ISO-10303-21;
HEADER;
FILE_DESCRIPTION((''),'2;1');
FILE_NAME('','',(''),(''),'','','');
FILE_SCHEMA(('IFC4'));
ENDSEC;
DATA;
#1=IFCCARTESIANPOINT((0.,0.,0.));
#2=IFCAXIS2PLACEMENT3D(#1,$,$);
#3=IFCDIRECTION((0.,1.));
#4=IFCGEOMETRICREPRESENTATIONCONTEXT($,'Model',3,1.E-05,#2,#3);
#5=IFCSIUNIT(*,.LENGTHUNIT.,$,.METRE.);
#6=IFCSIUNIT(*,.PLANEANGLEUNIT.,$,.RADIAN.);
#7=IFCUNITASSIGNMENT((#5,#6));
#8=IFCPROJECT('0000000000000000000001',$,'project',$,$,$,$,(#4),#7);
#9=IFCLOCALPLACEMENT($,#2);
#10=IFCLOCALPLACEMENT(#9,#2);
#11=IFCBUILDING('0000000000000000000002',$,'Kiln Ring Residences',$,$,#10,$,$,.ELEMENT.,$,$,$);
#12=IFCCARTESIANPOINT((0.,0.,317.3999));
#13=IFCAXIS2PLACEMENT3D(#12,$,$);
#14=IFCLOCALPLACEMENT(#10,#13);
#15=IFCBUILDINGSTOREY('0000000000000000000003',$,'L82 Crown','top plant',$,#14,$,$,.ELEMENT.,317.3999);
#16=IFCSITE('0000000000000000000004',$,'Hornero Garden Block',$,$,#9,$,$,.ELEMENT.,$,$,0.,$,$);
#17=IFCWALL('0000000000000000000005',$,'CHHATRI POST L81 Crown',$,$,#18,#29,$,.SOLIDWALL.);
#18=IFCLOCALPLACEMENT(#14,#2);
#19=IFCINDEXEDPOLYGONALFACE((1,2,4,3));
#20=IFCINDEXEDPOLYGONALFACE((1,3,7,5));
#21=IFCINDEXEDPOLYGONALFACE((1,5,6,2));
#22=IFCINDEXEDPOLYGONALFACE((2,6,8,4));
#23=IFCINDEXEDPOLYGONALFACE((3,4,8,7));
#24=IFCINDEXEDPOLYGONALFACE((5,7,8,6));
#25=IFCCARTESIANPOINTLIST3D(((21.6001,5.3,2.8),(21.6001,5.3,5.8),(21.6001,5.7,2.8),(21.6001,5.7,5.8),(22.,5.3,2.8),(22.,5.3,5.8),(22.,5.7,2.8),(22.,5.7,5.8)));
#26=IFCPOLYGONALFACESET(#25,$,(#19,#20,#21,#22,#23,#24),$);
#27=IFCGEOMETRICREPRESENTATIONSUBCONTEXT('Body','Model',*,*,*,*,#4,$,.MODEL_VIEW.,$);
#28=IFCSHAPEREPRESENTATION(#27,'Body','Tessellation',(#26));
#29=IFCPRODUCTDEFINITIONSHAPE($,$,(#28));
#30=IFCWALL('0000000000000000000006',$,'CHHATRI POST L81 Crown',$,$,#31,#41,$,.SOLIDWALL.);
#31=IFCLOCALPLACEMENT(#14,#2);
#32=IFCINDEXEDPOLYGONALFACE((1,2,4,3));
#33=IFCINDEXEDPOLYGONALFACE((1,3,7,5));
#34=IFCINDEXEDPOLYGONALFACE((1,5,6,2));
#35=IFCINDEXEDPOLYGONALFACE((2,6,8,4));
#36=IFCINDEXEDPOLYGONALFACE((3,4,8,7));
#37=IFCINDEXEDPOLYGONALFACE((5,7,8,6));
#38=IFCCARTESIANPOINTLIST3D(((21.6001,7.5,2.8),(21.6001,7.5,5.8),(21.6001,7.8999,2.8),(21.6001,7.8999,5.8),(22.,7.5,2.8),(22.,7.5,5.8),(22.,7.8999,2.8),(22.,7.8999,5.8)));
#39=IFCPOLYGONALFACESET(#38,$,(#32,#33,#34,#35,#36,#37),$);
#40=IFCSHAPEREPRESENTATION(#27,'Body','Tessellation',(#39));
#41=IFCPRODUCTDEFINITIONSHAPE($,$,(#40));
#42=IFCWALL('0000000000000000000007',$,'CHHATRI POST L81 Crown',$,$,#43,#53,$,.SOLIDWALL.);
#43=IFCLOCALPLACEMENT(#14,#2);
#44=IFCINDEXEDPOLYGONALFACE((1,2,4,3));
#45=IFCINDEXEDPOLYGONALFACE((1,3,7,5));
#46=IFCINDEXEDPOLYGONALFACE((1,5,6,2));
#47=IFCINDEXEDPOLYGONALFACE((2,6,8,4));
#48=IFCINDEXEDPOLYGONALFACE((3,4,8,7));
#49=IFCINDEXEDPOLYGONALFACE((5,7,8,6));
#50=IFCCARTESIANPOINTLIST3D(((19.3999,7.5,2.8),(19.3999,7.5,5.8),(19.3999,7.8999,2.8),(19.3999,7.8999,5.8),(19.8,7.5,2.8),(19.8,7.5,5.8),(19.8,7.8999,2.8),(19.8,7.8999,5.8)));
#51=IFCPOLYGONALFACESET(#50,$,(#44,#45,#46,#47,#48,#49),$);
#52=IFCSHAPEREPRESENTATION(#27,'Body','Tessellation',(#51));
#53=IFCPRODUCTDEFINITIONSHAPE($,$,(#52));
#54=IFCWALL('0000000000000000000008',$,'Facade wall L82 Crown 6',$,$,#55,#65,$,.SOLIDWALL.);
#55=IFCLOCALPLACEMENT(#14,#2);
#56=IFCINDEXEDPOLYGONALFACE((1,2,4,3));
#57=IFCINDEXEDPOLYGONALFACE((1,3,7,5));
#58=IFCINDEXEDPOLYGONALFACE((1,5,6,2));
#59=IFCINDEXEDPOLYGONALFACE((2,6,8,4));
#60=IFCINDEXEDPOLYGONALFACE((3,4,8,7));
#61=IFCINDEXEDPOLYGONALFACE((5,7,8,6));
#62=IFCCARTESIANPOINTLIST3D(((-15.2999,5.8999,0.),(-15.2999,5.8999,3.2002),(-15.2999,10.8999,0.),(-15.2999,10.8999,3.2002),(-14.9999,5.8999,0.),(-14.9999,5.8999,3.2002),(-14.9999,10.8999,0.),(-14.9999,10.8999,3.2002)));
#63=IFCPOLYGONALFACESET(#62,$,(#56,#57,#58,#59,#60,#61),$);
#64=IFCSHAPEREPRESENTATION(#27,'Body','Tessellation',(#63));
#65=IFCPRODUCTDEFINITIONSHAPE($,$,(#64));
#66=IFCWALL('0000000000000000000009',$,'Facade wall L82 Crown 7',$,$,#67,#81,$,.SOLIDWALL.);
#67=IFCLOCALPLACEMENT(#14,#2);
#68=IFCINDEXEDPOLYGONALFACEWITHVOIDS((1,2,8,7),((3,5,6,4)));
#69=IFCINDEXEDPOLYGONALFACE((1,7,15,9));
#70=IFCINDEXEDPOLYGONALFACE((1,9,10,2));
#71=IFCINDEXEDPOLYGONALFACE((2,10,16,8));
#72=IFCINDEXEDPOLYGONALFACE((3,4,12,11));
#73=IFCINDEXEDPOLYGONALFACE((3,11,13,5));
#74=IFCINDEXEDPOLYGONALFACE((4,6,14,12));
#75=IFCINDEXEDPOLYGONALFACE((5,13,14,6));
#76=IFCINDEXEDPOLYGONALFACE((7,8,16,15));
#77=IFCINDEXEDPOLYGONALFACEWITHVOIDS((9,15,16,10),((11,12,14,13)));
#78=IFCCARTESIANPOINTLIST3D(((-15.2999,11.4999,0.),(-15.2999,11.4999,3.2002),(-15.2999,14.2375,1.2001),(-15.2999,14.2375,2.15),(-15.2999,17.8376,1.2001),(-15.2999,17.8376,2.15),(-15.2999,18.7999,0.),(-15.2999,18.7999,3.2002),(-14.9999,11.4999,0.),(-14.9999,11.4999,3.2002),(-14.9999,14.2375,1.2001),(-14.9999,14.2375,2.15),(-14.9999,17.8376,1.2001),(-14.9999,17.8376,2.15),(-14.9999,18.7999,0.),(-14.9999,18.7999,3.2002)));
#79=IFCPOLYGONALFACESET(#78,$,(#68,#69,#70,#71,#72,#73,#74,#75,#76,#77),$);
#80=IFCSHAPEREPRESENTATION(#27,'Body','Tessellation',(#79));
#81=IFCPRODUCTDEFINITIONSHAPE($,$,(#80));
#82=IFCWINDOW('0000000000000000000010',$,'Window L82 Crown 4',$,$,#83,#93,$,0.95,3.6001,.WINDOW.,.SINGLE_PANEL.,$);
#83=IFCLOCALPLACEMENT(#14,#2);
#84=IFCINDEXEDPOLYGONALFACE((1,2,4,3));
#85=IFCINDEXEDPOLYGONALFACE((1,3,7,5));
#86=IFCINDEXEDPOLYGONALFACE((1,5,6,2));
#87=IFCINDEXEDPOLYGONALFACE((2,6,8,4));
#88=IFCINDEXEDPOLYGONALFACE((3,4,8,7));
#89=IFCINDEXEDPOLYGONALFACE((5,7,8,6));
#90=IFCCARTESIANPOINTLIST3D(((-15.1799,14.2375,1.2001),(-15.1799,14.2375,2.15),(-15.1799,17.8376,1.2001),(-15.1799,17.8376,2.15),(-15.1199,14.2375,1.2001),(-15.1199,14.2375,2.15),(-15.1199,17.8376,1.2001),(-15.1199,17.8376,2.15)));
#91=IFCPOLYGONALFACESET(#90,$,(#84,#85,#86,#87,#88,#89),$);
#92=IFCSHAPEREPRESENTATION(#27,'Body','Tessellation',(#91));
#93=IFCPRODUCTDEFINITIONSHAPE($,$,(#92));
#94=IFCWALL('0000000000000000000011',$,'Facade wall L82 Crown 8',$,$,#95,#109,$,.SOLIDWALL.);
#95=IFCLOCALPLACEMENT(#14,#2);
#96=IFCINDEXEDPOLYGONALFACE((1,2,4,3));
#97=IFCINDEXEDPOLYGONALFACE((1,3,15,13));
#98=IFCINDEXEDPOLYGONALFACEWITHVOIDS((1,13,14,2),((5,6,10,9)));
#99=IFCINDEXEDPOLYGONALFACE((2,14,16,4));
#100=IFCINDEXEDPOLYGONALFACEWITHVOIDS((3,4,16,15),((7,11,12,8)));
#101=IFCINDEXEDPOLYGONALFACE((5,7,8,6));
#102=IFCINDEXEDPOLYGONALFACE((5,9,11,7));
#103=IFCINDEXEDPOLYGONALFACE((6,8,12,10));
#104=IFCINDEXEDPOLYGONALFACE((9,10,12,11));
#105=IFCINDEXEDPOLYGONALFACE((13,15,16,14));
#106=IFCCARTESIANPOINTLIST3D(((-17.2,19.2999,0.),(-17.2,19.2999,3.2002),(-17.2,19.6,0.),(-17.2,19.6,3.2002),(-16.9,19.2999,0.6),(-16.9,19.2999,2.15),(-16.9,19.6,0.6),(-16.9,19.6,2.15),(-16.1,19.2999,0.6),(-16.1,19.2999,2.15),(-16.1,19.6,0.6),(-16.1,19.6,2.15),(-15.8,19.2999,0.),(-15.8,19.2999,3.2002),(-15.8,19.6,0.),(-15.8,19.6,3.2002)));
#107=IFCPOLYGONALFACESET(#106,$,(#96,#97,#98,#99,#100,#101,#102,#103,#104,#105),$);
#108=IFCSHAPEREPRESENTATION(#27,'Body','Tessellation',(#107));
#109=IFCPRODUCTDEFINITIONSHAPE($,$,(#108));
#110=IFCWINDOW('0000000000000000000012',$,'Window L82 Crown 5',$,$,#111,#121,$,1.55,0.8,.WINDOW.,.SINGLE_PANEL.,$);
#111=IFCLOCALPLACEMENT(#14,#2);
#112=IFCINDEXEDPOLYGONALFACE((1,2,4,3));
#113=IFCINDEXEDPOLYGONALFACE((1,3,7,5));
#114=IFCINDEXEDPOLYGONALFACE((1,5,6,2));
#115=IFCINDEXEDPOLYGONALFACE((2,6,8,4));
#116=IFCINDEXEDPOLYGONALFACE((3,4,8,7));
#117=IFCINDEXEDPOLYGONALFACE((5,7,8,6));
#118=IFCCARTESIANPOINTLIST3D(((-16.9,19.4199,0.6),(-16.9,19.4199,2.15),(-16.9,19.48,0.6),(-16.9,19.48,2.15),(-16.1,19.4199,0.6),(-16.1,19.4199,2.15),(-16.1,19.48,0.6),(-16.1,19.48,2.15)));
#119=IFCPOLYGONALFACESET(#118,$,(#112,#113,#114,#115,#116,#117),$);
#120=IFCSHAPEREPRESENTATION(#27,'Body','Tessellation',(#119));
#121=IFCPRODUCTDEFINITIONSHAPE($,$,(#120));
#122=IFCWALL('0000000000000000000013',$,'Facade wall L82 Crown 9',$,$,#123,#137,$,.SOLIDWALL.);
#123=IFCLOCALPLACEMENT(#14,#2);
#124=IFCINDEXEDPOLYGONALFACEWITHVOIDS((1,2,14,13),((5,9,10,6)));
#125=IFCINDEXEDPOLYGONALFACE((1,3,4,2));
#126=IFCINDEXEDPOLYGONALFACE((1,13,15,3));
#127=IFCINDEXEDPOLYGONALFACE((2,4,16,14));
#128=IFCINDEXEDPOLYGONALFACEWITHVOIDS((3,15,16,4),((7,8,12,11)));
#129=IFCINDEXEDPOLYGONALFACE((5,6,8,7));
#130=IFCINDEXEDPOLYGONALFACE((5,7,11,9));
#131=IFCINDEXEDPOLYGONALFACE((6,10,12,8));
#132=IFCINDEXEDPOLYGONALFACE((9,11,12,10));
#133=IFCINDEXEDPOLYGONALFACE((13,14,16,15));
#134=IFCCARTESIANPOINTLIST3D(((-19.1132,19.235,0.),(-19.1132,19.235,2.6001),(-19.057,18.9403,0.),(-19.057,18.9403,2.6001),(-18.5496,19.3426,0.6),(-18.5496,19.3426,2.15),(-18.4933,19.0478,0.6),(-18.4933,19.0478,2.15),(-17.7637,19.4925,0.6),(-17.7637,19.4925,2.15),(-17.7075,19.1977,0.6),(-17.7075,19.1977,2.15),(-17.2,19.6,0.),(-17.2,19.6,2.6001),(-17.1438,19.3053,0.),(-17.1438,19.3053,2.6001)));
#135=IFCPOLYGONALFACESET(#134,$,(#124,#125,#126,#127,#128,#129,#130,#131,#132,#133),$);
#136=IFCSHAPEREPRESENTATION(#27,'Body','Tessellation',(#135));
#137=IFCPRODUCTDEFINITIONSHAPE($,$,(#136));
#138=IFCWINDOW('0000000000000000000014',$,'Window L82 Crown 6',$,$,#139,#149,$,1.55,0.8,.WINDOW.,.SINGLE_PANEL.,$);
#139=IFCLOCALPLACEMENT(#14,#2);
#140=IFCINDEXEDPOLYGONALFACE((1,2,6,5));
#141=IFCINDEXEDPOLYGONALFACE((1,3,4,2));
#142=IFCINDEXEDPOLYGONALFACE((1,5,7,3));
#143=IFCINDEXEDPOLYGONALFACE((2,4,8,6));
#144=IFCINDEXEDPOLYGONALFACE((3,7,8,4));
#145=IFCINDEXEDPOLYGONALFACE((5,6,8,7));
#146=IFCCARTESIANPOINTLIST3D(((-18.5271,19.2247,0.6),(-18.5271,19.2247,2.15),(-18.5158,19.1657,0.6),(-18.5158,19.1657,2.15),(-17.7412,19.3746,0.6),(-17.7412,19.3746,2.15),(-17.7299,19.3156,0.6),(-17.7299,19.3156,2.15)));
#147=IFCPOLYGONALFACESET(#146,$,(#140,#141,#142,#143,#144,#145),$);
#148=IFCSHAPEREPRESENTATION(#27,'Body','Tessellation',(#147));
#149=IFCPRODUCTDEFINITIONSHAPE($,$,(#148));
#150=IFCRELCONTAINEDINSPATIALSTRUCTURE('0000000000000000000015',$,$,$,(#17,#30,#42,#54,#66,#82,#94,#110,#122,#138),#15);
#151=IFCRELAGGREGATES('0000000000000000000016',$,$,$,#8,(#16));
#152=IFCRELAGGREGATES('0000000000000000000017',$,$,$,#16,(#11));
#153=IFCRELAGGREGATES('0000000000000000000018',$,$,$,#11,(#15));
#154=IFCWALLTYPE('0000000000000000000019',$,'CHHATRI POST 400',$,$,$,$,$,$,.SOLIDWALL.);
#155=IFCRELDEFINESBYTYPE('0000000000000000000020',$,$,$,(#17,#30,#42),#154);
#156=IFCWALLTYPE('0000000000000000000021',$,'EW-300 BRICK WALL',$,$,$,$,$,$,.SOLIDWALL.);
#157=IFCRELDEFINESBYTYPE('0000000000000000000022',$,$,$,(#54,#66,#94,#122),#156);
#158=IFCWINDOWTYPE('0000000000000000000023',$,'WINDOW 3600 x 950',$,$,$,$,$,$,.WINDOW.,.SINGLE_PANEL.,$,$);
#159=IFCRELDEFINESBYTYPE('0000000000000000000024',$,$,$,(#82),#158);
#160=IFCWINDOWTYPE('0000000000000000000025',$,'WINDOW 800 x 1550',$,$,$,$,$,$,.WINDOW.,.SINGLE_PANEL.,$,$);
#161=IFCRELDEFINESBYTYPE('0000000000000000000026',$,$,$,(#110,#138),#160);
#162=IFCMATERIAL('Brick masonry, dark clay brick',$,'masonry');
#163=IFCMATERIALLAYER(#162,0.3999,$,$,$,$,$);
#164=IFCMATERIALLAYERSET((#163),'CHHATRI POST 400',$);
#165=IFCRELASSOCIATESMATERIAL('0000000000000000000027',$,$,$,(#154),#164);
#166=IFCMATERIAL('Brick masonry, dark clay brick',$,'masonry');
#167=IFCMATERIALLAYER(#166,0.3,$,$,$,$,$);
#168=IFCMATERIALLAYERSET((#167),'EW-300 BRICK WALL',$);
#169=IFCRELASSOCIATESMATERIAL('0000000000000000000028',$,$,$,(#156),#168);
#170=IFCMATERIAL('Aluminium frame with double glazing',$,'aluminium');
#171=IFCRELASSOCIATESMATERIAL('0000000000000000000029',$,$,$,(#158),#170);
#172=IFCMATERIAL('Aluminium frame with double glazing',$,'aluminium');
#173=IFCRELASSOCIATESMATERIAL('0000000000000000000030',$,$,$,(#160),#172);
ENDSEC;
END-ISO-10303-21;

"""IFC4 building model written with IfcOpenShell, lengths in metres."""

from ifc_helpers import new_model, si_unit, direction, frame, frame_2d, origin, place, context, subcontext, project, spatial, polyline, rectangle, outline, extrude, material, layer, layer_set, type_object, element, fill, save


model = new_model("IFC4")

# Units and contexts
model_context = context("Model", 3, precision=1e-05, world=origin(), true_north=direction((0.0, 1.0)))
body_context = subcontext(model_context, "Body", "Model", "MODEL_VIEW")
ifc_project = project(units=[si_unit("LENGTHUNIT", "METRE"), si_unit("PLANEANGLEUNIT", "RADIAN")], contexts=[model_context])

# Site, building, storey
site_placement = place(None, origin())
site = spatial("IfcSite", under=ifc_project, at=site_placement, Name="Hornero Garden Block", CompositionType="ELEMENT", RefElevation=0.0)
building_placement = place(site_placement, origin())
building = spatial("IfcBuilding", under=site, at=building_placement, Name="Kiln Ring Residences", CompositionType="ELEMENT")
storey_placement = place(building_placement, frame((0.0, 0.0, 317.3999)))
storey = spatial("IfcBuildingStorey", under=building, at=storey_placement, Name="L82 Crown", Description="top plant", CompositionType="ELEMENT", Elevation=317.3999)

# Walls
ifc_material_1 = material(Name="Brick masonry, dark clay brick", Category="masonry")
ifc_layer_1 = layer(ifc_material_1, 0.3999)
ifc_layer_set_1 = layer_set([ifc_layer_1], Name="CHHATRI POST 400")
wall_type_1 = type_object("IfcWallType", Name="CHHATRI POST 400", PredefinedType="SOLIDWALL", material=ifc_layer_set_1)
placement_1 = place(storey_placement, frame((0.0, 0.0, 2.8)))
element("IfcWall", 1, at=placement_1, inside=storey, type_object=wall_type_1, Name="CHHATRI POST L81 Crown", PredefinedType="SOLIDWALL", context=body_context, shape_type="SweptSolid", body=[
    extrude(outline(polyline([(22.0, 5.3), (22.0, 5.7), (21.6001, 5.7), (21.6001, 5.3), (22.0, 5.3)])), origin(), (0.0, 0.0, 1.0), 3.0),
])
element("IfcWall", 2, at=placement_1, inside=storey, type_object=wall_type_1, Name="CHHATRI POST L81 Crown", PredefinedType="SOLIDWALL", context=body_context, shape_type="SweptSolid", body=[
    extrude(outline(polyline([(22.0, 7.5), (22.0, 7.8999), (21.6001, 7.8999), (21.6001, 7.5), (22.0, 7.5)])), origin(), (0.0, 0.0, 1.0), 3.0),
])
element("IfcWall", 3, at=placement_1, inside=storey, type_object=wall_type_1, Name="CHHATRI POST L81 Crown", PredefinedType="SOLIDWALL", context=body_context, shape_type="SweptSolid", body=[
    extrude(outline(polyline([(19.8, 7.5), (19.8, 7.8999), (19.3999, 7.8999), (19.3999, 7.5), (19.8, 7.5)])), origin(), (0.0, 0.0, 1.0), 3.0),
])
ifc_material_2 = material(Name="Brick masonry, dark clay brick", Category="masonry")
ifc_layer_2 = layer(ifc_material_2, 0.3)
ifc_layer_set_2 = layer_set([ifc_layer_2], Name="EW-300 BRICK WALL")
wall_type_2 = type_object("IfcWallType", Name="EW-300 BRICK WALL", PredefinedType="SOLIDWALL", material=ifc_layer_set_2)
wall_1_placement = place(storey_placement, frame((-15.1499, 5.8999, 0.0), z_axis=(0.0, 0.0, 1.0), x_axis=(0.0, 1.0, 0.0)))
element("IfcWall", 4, at=wall_1_placement, inside=storey, type_object=wall_type_2, Name="Facade wall L82 Crown 6", PredefinedType="SOLIDWALL", context=body_context, shape_type="SweptSolid", body=[
    extrude(rectangle(XDim=5.0, YDim=0.3, at=frame_2d((2.5, 0.0))), origin(), (0.0, 0.0, 1.0), 3.2002),
])

# Walls, openings, windows
wall_2_placement = place(storey_placement, frame((-15.1499, 11.5, 0.0), z_axis=(0.0, 0.0, 1.0), x_axis=(0.0, 1.0, 0.0)))
wall_2 = element("IfcWall", 5, at=wall_2_placement, inside=storey, type_object=wall_type_2, Name="Facade wall L82 Crown 7", PredefinedType="SOLIDWALL", context=body_context, shape_type="SweptSolid", body=[
    extrude(rectangle(XDim=7.3, YDim=0.3, at=frame_2d((3.6499, 0.0))), origin(), (0.0, 0.0, 1.0), 3.2002),
])
opening_1_placement = place(wall_2_placement, frame((2.7375, 0.0, 1.2)))
opening_1 = element("IfcOpeningElement", 6, at=opening_1_placement, cuts=wall_2, PredefinedType="OPENING", context=body_context, shape_type="SweptSolid", body=[
    extrude(rectangle(XDim=3.6001, YDim=0.95, at=frame_2d((1.8, 0.4751))), frame((0.0, 0.1599, 0.0), z_axis=(0.0, -1.0, 0.0), x_axis=(1.0, 0.0, 0.0)), (0.0, 0.0, 1.0), 0.3201),
])
ifc_material_3 = material(Name="Aluminium frame with double glazing", Category="aluminium")
window_type_1 = type_object("IfcWindowType", Name="WINDOW 3600 x 950", PartitioningType="SINGLE_PANEL", PredefinedType="WINDOW", material=ifc_material_3)
window_1_placement = place(opening_1_placement, origin())
window_1 = element("IfcWindow", 7, at=window_1_placement, inside=storey, type_object=window_type_1, Name="Window L82 Crown 4", OverallHeight=0.95, OverallWidth=3.6001, PartitioningType="SINGLE_PANEL", PredefinedType="WINDOW", context=body_context, shape_type="SweptSolid", body=[
    extrude(rectangle(XDim=3.6001, YDim=0.95, at=frame_2d((1.8, 0.4751))), frame((0.0, 0.03, 0.0), z_axis=(0.0, -1.0, 0.0), x_axis=(1.0, 0.0, 0.0)), (0.0, 0.0, 1.0), 0.0601),
])
fill(opening_1, window_1)
wall_3_placement = place(storey_placement, frame((-15.8, 19.45, 0.0), z_axis=(0.0, 0.0, 1.0), x_axis=(-1.0, 0.0, 0.0)))
wall_3 = element("IfcWall", 8, at=wall_3_placement, inside=storey, type_object=wall_type_2, Name="Facade wall L82 Crown 8", PredefinedType="SOLIDWALL", context=body_context, shape_type="SweptSolid", body=[
    extrude(rectangle(XDim=1.3999, YDim=0.3, at=frame_2d((0.7, 0.0))), origin(), (0.0, 0.0, 1.0), 3.2002),
])
opening_2_placement = place(wall_3_placement, frame((0.3, 0.0, 0.6001)))
opening_2 = element("IfcOpeningElement", 9, at=opening_2_placement, cuts=wall_3, PredefinedType="OPENING", context=body_context, shape_type="SweptSolid", body=[
    extrude(rectangle(XDim=0.8, YDim=1.55, at=frame_2d((0.3999, 0.7749))), frame((0.0, 0.1599, 0.0), z_axis=(0.0, -1.0, 0.0), x_axis=(1.0, 0.0, 0.0)), (0.0, 0.0, 1.0), 0.3201),
])
ifc_material_4 = material(Name="Aluminium frame with double glazing", Category="aluminium")
window_type_2 = type_object("IfcWindowType", Name="WINDOW 800 x 1550", PartitioningType="SINGLE_PANEL", PredefinedType="WINDOW", material=ifc_material_4)
window_2_placement = place(opening_2_placement, origin())
window_2 = element("IfcWindow", 10, at=window_2_placement, inside=storey, type_object=window_type_2, Name="Window L82 Crown 5", OverallHeight=1.55, OverallWidth=0.8, PartitioningType="SINGLE_PANEL", PredefinedType="WINDOW", context=body_context, shape_type="SweptSolid", body=[
    extrude(rectangle(XDim=0.8, YDim=1.55, at=frame_2d((0.3999, 0.7749))), frame((0.0, 0.03, 0.0), z_axis=(0.0, -1.0, 0.0), x_axis=(1.0, 0.0, 0.0)), (0.0, 0.0, 1.0), 0.0601),
])
fill(opening_2, window_2)
wall_4_placement = place(storey_placement, frame((-17.1719, 19.4526, 0.0), z_axis=(0.0, 0.0, 1.0), x_axis=(-0.982287, -0.187383, 0.0)))
wall_4 = element("IfcWall", 11, at=wall_4_placement, inside=storey, type_object=wall_type_2, Name="Facade wall L82 Crown 9", PredefinedType="SOLIDWALL", context=body_context, shape_type="SweptSolid", body=[
    extrude(rectangle(XDim=1.9478, YDim=0.3, at=frame_2d((0.9739, 0.0))), origin(), (0.0, 0.0, 1.0), 2.6001),
])
opening_3_placement = place(wall_4_placement, frame((0.574, 0.0, 0.6001)))
opening_3 = element("IfcOpeningElement", 12, at=opening_3_placement, cuts=wall_4, PredefinedType="OPENING", context=body_context, shape_type="SweptSolid", body=[
    extrude(rectangle(XDim=0.8, YDim=1.55, at=frame_2d((0.3999, 0.7749))), frame((0.0, 0.1599, 0.0), z_axis=(0.0, -1.0, 0.0), x_axis=(1.0, 0.0, 0.0)), (0.0, 0.0, 1.0), 0.3201),
])
window_3_placement = place(opening_3_placement, origin())
window_3 = element("IfcWindow", 13, at=window_3_placement, inside=storey, type_object=window_type_2, Name="Window L82 Crown 6", OverallHeight=1.55, OverallWidth=0.8, PartitioningType="SINGLE_PANEL", PredefinedType="WINDOW", context=body_context, shape_type="SweptSolid", body=[
    extrude(rectangle(XDim=0.8, YDim=1.55, at=frame_2d((0.3999, 0.7749))), frame((0.0, 0.03, 0.0), z_axis=(0.0, -1.0, 0.0), x_axis=(1.0, 0.0, 0.0)), (0.0, 0.0, 1.0), 0.0601),
])
fill(opening_3, window_3)

save(model, "model.ifc")
